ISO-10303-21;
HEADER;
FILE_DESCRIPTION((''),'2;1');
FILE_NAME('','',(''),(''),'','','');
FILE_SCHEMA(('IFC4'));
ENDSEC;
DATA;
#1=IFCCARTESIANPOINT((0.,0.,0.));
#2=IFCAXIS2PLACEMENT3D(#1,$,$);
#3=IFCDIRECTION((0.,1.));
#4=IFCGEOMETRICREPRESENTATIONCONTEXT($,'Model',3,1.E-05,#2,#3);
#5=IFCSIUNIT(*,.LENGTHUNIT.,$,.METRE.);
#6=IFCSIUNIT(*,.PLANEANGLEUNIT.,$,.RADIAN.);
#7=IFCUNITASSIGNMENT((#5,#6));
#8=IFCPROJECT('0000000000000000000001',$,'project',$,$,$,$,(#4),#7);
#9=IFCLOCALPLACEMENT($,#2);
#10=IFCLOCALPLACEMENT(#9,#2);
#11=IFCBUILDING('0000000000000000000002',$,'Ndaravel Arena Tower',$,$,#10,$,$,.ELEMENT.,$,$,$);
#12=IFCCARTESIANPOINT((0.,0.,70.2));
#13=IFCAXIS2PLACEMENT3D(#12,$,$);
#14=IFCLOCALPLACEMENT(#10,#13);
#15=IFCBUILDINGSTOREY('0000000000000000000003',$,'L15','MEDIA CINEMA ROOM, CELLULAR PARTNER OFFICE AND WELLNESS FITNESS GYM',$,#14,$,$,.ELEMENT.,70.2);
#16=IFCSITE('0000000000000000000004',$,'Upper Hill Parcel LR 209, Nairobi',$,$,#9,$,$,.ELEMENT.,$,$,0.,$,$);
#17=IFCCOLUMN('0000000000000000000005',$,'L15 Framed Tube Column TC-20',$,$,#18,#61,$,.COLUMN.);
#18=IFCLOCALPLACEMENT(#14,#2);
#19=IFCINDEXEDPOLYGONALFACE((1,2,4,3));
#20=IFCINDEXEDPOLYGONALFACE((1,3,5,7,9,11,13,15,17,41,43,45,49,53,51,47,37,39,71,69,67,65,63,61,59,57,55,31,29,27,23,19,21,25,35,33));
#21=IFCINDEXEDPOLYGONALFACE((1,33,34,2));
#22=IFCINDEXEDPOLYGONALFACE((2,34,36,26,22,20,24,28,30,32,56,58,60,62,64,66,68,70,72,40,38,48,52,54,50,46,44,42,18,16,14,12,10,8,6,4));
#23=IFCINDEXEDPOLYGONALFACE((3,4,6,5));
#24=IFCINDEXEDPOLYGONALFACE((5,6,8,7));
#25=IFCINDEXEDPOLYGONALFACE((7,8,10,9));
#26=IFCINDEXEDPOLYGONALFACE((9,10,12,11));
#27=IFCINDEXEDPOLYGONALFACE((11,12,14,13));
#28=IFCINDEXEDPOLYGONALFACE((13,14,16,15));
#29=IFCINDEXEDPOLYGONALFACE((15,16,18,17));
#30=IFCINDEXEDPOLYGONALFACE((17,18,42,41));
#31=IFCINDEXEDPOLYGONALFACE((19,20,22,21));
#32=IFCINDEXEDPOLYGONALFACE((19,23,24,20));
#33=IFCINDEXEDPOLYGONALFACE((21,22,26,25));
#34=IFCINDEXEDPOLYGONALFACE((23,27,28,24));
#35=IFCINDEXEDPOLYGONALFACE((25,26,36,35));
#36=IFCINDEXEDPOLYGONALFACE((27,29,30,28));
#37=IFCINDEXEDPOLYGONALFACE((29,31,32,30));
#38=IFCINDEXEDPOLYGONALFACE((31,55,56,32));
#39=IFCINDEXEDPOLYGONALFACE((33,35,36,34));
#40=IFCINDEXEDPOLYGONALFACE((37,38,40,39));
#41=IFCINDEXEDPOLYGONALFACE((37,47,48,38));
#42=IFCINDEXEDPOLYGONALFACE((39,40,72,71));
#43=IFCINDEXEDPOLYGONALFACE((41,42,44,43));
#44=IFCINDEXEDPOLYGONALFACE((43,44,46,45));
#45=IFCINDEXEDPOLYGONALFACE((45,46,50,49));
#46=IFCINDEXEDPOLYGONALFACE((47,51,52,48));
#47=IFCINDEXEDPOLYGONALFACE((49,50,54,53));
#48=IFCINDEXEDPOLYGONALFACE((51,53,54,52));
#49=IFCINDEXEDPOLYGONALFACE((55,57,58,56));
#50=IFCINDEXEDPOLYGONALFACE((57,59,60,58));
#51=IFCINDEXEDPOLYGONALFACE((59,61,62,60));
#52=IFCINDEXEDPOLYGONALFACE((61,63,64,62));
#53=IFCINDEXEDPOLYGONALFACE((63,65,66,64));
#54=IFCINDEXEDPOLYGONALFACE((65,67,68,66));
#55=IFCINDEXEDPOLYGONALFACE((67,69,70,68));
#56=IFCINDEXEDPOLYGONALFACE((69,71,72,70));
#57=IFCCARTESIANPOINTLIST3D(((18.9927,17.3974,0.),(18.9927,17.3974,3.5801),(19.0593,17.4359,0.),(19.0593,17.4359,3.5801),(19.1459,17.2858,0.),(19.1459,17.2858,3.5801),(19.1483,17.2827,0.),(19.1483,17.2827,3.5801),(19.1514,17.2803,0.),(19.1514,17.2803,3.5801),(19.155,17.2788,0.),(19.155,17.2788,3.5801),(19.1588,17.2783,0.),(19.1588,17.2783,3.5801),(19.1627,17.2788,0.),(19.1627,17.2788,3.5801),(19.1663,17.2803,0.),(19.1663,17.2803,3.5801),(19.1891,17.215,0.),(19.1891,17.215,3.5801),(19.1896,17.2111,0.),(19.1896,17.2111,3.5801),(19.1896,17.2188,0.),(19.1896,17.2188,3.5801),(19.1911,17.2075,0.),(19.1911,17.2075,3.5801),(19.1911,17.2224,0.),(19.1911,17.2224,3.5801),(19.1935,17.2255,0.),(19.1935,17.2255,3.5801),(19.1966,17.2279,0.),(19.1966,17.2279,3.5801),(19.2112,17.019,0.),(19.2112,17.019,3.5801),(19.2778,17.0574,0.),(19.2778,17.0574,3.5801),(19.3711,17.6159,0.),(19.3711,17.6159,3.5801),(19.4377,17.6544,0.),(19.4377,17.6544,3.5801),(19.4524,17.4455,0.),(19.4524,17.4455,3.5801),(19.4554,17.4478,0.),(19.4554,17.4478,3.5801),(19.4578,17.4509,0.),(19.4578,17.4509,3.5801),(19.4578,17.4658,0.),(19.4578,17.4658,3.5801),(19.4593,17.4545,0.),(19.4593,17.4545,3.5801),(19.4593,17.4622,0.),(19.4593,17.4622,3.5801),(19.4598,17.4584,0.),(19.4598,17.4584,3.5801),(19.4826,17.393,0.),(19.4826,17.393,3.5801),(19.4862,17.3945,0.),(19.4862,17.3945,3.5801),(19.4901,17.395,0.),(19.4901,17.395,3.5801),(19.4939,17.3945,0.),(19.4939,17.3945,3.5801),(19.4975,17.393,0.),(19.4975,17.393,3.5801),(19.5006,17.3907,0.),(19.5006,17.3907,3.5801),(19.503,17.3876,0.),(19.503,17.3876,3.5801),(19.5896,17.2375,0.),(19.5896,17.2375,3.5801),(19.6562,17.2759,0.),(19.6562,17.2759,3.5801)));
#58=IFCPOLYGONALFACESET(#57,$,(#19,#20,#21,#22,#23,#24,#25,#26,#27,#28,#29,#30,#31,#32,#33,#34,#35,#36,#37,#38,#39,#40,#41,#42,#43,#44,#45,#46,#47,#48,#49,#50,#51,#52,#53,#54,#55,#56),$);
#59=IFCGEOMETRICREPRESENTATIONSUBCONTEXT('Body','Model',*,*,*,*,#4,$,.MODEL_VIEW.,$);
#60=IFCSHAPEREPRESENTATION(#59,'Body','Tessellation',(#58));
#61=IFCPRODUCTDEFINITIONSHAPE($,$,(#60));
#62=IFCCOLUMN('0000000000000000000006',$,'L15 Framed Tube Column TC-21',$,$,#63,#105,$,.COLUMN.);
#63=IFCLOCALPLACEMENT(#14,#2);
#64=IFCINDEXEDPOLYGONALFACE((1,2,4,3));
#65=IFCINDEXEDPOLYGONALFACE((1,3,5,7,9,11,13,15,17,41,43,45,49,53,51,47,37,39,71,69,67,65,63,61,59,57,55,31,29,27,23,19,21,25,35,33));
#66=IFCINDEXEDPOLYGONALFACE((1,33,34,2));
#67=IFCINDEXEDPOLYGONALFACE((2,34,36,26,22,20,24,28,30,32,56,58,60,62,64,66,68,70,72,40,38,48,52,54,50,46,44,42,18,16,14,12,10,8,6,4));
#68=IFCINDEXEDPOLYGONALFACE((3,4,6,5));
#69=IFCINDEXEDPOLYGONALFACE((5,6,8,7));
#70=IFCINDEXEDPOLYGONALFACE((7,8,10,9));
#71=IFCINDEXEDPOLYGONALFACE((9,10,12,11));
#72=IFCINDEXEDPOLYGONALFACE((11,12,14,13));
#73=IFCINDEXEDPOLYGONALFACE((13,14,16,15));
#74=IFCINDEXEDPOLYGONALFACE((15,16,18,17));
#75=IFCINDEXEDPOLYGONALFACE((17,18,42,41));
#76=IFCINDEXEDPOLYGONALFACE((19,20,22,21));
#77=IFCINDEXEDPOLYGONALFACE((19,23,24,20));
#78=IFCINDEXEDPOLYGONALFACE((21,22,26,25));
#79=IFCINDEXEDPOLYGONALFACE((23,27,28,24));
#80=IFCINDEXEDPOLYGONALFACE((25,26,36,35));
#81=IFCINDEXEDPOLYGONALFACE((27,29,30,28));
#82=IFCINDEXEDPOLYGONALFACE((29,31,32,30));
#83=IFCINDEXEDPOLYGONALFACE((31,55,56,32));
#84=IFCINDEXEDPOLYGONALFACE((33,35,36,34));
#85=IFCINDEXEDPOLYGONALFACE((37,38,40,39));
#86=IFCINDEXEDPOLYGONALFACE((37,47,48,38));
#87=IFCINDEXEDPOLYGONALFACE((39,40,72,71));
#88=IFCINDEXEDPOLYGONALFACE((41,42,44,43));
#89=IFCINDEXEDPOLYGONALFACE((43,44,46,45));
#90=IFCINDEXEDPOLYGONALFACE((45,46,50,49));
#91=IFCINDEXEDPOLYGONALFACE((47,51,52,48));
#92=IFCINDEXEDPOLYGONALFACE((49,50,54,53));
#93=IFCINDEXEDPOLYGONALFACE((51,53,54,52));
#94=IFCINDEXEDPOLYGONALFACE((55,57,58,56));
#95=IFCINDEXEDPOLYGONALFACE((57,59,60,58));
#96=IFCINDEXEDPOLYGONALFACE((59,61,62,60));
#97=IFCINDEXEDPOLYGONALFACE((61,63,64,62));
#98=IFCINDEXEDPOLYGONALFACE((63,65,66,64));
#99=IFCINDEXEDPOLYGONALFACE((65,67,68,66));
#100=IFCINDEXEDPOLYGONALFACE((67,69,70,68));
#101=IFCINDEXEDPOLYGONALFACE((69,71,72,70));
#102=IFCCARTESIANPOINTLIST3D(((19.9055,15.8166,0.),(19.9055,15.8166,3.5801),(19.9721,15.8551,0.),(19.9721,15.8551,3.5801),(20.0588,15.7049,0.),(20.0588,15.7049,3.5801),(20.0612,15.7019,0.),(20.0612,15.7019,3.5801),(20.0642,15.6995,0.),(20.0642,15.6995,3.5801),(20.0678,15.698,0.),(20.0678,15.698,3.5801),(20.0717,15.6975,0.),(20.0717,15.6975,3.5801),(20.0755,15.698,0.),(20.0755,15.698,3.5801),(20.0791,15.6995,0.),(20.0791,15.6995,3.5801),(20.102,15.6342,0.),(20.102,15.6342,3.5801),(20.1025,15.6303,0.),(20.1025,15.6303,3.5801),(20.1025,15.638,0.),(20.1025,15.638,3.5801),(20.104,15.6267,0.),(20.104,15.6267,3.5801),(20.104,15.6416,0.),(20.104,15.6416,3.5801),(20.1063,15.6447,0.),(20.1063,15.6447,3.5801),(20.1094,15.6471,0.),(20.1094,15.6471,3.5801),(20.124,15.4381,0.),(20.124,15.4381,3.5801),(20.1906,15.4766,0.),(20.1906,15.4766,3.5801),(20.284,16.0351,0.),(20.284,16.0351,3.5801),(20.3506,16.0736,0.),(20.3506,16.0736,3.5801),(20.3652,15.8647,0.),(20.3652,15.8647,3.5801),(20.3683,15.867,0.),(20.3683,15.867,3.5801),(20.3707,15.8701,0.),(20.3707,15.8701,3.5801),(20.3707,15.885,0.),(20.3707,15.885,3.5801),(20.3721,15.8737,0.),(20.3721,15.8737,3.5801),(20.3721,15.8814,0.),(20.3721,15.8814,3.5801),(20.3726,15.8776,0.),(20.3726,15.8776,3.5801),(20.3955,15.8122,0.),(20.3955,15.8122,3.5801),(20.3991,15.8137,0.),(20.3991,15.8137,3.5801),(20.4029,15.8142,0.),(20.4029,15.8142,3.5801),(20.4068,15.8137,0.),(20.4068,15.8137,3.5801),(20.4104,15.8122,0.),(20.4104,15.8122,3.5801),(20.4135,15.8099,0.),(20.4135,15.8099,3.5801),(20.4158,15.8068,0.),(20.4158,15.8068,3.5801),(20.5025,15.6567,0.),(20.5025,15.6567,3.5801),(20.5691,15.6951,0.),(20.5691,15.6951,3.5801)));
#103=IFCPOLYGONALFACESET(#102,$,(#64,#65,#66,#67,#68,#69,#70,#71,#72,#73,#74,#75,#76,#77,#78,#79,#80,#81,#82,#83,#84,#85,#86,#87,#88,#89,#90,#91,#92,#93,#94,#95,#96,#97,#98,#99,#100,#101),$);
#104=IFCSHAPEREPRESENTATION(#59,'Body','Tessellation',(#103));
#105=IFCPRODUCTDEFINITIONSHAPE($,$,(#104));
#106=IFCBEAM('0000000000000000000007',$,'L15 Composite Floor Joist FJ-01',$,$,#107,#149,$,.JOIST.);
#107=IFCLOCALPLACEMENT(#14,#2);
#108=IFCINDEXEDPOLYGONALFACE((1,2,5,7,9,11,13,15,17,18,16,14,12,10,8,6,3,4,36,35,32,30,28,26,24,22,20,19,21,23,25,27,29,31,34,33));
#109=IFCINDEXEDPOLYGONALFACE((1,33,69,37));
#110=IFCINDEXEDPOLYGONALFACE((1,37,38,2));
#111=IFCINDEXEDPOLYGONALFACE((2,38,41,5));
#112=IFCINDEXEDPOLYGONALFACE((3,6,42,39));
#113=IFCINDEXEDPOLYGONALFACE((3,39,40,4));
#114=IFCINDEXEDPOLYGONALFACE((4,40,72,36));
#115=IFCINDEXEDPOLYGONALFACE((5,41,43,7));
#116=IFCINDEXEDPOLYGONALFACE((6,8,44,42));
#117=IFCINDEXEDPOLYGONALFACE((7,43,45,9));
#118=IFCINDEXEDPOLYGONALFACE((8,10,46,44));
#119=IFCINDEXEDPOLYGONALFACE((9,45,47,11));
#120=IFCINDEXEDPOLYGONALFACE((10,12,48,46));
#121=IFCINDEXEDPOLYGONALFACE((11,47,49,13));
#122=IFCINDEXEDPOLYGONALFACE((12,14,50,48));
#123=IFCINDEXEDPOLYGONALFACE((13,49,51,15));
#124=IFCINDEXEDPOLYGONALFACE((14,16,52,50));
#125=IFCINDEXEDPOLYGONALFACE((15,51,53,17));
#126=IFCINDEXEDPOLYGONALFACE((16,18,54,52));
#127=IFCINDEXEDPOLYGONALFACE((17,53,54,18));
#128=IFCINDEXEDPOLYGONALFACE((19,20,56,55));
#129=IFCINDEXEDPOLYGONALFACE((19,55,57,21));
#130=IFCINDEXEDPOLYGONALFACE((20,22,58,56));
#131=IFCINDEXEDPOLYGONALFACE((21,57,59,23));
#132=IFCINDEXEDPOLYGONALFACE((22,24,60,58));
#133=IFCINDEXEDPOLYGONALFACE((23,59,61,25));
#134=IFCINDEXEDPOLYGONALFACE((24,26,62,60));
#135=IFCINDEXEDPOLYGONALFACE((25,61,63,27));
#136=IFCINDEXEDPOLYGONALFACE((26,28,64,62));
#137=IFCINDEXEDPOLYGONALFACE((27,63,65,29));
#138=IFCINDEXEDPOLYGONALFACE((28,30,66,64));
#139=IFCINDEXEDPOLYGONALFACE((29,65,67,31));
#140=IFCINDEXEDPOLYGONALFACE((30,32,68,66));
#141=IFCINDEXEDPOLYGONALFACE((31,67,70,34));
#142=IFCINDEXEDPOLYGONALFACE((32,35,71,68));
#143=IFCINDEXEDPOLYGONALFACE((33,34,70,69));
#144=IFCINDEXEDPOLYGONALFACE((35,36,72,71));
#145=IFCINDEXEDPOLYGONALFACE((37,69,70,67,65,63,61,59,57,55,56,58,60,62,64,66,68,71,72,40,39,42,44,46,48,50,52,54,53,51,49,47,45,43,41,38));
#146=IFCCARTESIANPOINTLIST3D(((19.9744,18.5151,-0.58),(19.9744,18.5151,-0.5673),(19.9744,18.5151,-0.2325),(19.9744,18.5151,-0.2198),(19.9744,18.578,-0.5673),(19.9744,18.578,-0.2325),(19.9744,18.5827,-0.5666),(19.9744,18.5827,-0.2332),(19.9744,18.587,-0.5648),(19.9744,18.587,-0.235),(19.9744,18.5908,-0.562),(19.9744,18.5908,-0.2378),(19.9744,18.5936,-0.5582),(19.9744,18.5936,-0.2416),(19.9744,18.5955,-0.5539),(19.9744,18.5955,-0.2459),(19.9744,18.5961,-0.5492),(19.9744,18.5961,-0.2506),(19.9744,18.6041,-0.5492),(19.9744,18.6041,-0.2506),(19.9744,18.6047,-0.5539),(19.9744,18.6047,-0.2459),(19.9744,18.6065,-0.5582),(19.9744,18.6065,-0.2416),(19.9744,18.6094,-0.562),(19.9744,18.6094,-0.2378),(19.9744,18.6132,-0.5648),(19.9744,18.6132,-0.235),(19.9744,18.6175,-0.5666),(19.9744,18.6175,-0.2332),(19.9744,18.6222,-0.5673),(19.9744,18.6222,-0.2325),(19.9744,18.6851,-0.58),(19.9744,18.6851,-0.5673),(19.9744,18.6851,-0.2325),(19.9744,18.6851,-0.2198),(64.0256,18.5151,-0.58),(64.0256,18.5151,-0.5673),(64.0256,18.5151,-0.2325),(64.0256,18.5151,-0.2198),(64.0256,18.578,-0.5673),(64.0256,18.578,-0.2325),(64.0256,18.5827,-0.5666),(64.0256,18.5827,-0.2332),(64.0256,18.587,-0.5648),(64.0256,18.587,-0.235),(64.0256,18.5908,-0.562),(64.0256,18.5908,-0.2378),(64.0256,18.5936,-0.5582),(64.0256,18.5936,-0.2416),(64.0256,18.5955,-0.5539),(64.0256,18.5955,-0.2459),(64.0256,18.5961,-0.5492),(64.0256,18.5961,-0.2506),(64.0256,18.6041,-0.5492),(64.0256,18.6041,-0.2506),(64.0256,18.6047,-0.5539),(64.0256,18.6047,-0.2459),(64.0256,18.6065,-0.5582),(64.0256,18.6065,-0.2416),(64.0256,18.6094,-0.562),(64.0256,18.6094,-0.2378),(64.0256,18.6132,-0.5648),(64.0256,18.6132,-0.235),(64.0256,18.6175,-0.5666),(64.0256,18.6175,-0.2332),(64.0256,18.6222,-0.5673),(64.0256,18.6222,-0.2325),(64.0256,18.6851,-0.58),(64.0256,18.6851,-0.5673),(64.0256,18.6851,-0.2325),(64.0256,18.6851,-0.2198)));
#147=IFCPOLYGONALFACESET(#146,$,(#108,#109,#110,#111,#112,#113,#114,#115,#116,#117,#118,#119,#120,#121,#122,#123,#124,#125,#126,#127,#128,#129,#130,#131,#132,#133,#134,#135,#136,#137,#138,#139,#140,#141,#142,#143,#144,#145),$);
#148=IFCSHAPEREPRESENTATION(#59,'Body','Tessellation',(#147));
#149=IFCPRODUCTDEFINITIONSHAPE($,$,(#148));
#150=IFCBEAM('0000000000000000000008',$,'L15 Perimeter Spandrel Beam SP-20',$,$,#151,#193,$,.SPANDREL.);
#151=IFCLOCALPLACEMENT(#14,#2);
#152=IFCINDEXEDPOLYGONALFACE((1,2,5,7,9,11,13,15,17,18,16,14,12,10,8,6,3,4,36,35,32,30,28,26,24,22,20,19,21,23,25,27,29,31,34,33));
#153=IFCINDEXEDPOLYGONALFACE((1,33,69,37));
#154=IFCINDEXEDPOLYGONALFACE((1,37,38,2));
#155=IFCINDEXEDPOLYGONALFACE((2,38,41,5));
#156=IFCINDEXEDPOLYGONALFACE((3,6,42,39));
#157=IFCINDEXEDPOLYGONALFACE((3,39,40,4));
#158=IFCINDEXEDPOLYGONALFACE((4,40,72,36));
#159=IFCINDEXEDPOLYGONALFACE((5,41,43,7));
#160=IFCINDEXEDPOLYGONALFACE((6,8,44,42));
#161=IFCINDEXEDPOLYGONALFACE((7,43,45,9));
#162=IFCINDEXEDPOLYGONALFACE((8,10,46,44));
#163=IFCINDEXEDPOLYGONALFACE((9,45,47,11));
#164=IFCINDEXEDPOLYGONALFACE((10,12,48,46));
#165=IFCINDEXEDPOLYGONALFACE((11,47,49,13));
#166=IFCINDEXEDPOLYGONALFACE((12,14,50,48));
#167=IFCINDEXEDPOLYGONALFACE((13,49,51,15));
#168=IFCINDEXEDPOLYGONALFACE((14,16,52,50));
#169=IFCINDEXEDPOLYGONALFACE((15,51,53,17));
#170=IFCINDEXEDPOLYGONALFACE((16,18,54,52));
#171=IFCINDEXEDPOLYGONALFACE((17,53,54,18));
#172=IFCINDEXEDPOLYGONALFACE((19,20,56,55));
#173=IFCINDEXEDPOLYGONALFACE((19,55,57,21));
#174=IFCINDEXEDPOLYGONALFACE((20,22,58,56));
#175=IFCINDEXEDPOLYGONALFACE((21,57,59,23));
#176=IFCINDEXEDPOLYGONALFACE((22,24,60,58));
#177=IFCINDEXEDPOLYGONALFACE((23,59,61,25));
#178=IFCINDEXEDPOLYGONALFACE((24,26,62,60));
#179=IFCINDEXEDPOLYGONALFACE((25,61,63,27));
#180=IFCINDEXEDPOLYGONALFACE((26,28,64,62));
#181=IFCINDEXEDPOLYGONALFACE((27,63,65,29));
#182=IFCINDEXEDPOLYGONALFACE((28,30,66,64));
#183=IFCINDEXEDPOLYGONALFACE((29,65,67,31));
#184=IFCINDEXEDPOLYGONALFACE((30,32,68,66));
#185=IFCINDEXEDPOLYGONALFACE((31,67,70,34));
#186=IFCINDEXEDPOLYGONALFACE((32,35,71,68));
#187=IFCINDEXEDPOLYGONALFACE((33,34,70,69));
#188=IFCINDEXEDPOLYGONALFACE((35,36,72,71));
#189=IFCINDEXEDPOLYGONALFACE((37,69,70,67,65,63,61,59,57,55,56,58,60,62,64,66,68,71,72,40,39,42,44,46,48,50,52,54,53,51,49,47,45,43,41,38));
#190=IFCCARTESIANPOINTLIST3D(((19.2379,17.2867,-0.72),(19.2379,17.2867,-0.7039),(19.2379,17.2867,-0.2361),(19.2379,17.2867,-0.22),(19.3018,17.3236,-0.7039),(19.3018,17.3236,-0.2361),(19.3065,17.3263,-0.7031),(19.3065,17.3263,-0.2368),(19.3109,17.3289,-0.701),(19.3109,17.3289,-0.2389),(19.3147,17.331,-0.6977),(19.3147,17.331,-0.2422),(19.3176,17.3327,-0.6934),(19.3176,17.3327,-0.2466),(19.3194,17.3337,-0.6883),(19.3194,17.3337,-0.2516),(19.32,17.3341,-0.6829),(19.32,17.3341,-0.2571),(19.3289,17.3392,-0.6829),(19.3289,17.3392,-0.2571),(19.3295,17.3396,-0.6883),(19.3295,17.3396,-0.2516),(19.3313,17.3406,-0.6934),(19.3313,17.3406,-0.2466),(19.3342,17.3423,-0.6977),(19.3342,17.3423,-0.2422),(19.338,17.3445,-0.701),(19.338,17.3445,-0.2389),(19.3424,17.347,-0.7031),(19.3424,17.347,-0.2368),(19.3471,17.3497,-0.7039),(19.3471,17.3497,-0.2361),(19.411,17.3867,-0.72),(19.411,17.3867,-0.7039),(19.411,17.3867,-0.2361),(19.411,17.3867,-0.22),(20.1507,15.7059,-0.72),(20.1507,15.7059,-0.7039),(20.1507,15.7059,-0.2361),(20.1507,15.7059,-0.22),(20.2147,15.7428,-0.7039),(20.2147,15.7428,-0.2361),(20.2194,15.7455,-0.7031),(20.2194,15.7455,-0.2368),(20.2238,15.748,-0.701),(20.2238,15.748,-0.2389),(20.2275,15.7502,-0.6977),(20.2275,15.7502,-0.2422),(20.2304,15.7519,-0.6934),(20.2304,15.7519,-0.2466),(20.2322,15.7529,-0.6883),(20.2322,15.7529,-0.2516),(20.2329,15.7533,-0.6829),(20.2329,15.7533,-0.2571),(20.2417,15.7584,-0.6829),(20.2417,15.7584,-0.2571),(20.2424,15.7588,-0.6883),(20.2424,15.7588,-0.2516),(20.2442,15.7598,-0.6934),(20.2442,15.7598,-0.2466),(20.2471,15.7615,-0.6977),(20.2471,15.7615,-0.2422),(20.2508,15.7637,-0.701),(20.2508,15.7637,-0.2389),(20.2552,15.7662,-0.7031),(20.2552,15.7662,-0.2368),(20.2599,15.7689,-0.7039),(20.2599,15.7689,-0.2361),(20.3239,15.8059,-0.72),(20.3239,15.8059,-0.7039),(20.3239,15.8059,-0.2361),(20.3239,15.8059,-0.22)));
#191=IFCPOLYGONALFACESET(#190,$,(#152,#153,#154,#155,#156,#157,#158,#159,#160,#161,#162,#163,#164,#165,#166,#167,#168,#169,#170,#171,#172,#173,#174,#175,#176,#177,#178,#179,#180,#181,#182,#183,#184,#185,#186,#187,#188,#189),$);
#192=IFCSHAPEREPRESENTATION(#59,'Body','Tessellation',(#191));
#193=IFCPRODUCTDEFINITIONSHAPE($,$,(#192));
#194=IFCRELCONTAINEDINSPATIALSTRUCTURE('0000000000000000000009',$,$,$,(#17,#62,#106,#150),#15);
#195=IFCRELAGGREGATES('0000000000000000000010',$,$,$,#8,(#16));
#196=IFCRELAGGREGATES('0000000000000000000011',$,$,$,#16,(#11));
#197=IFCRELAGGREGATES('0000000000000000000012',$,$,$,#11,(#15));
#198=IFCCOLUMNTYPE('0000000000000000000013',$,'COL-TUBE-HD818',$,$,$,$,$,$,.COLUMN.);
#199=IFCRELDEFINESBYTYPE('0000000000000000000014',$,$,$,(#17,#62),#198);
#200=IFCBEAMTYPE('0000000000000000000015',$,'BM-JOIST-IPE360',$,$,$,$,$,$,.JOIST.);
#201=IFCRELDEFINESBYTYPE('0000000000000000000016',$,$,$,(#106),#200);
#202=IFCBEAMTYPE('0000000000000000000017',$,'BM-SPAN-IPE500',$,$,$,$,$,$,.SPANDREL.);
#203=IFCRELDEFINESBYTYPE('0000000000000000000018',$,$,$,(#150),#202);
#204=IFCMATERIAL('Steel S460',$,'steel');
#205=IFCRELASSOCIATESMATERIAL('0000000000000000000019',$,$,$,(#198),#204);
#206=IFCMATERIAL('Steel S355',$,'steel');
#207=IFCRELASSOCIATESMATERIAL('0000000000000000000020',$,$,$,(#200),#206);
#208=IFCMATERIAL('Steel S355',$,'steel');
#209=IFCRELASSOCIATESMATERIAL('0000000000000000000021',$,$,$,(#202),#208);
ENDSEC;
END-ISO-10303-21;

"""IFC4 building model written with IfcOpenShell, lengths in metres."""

from ifc_helpers import new_model, si_unit, direction, frame, origin, origin_2d, place, context, subcontext, project, spatial, i_section, extrude, material, material_profile, profile_set, type_object, element, save


model = new_model("IFC4")

# Units and contexts
model_context = context("Model", 3, precision=1e-05, world=origin(), true_north=direction((0.0, 1.0)))
body_context = subcontext(model_context, "Body", "Model", "MODEL_VIEW")
ifc_project = project(units=[si_unit("LENGTHUNIT", "METRE"), si_unit("PLANEANGLEUNIT", "RADIAN")], contexts=[model_context])

# Site, building, storey
site_placement = place(None, origin())
site = spatial("IfcSite", under=ifc_project, at=site_placement, Name="Upper Hill Parcel LR 209, Nairobi", CompositionType="ELEMENT", RefElevation=0.0)
building_placement = place(site_placement, origin())
building = spatial("IfcBuilding", under=site, at=building_placement, Name="Ndaravel Arena Tower", CompositionType="ELEMENT")
storey_placement = place(building_placement, frame((0.0, 0.0, 70.2)))
storey = spatial("IfcBuildingStorey", under=building, at=storey_placement, Name="L15", Description="MEDIA CINEMA ROOM, CELLULAR PARTNER OFFICE AND WELLNESS FITNESS GYM", CompositionType="ELEMENT", Elevation=70.2)

# Columns
ifc_material_1 = material(Name="Steel S460", Category="steel")
ifc_material_profile_1 = material_profile(ifc_material_1, i_section(OverallWidth=0.437, OverallDepth=0.5139, WebThickness=0.0605, FlangeThickness=0.0769, FilletRadius=0.0149, at=origin_2d()), Name="HD 400x818")
ifc_profile_set_1 = profile_set([ifc_material_profile_1], Name="Steel S460")
column_type = type_object("IfcColumnType", Name="COL-TUBE-HD818", PredefinedType="COLUMN", material=ifc_profile_set_1)
for number, where, z_axis, x_axis, name in (
    (1, (19.3245, 17.3367, 0.0), (0.0, 0.0, 1.0), (-0.5, 0.866025, 0.0), "L15 Framed Tube Column TC-20"),
    (2, (20.2373, 15.7559, 0.0), (0.0, 0.0, 1.0), (-0.5, 0.866025, 0.0), "L15 Framed Tube Column TC-21"),
):
    element("IfcColumn", number, at=place(storey_placement, frame(where, z_axis=z_axis, x_axis=x_axis)), inside=storey, type_object=column_type, Name=name, PredefinedType="COLUMN", context=body_context, shape_type="SweptSolid", body=[
        extrude(i_section(OverallWidth=0.437, OverallDepth=0.5139, WebThickness=0.0605, FlangeThickness=0.0769, FilletRadius=0.0149, at=origin_2d()), origin(), (0.0, 0.0, 1.0), 3.5801),
    ])

# Beams
ifc_material_2 = material(Name="Steel S355", Category="steel")
ifc_material_profile_2 = material_profile(ifc_material_2, i_section(OverallWidth=0.1699, OverallDepth=0.3601, WebThickness=0.0081, FlangeThickness=0.0127, FilletRadius=0.0181, at=origin_2d()), Name="IPE 360")
ifc_profile_set_2 = profile_set([ifc_material_profile_2], Name="Steel S355")
beam_type_1 = type_object("IfcBeamType", Name="BM-JOIST-IPE360", PredefinedType="JOIST", material=ifc_profile_set_2)
beam_placement = place(storey_placement, frame((19.9744, 18.6001, -0.3999), z_axis=(1.0, 0.0, 0.0), x_axis=(0.0, 1.0, 0.0)))
element("IfcBeam", 3, at=beam_placement, inside=storey, type_object=beam_type_1, Name="L15 Composite Floor Joist FJ-01", PredefinedType="JOIST", context=body_context, shape_type="SweptSolid", body=[
    extrude(i_section(OverallWidth=0.1699, OverallDepth=0.3601, WebThickness=0.0081, FlangeThickness=0.0127, FilletRadius=0.0181, at=origin_2d()), origin(), (0.0, 0.0, 1.0), 44.0513),
])
ifc_material_3 = material(Name="Steel S355", Category="steel")
ifc_material_profile_3 = material_profile(ifc_material_3, i_section(OverallWidth=0.2, OverallDepth=0.5, WebThickness=0.0103, FlangeThickness=0.0161, FilletRadius=0.021, at=origin_2d()), Name="IPE 500")
ifc_profile_set_3 = profile_set([ifc_material_profile_3], Name="Steel S355")
beam_type_2 = type_object("IfcBeamType", Name="BM-SPAN-IPE500", PredefinedType="SPANDREL", material=ifc_profile_set_3)
for number, where, z_axis, x_axis, name in (
    (4, (19.3245, 17.3367, -0.47), (0.500066, -0.865987, 0.0), (0.865987, 0.500066, 0.0), "L15 Perimeter Spandrel Beam SP-20"),
):
    element("IfcBeam", number, at=place(storey_placement, frame(where, z_axis=z_axis, x_axis=x_axis)), inside=storey, type_object=beam_type_2, Name=name, PredefinedType="SPANDREL", context=body_context, shape_type="SweptSolid", body=[
        extrude(i_section(OverallWidth=0.2, OverallDepth=0.5, WebThickness=0.0103, FlangeThickness=0.0161, FilletRadius=0.021, at=origin_2d()), origin(), (0.0, 0.0, 1.0), 1.8254),
    ])

save(model, "model.ifc")
